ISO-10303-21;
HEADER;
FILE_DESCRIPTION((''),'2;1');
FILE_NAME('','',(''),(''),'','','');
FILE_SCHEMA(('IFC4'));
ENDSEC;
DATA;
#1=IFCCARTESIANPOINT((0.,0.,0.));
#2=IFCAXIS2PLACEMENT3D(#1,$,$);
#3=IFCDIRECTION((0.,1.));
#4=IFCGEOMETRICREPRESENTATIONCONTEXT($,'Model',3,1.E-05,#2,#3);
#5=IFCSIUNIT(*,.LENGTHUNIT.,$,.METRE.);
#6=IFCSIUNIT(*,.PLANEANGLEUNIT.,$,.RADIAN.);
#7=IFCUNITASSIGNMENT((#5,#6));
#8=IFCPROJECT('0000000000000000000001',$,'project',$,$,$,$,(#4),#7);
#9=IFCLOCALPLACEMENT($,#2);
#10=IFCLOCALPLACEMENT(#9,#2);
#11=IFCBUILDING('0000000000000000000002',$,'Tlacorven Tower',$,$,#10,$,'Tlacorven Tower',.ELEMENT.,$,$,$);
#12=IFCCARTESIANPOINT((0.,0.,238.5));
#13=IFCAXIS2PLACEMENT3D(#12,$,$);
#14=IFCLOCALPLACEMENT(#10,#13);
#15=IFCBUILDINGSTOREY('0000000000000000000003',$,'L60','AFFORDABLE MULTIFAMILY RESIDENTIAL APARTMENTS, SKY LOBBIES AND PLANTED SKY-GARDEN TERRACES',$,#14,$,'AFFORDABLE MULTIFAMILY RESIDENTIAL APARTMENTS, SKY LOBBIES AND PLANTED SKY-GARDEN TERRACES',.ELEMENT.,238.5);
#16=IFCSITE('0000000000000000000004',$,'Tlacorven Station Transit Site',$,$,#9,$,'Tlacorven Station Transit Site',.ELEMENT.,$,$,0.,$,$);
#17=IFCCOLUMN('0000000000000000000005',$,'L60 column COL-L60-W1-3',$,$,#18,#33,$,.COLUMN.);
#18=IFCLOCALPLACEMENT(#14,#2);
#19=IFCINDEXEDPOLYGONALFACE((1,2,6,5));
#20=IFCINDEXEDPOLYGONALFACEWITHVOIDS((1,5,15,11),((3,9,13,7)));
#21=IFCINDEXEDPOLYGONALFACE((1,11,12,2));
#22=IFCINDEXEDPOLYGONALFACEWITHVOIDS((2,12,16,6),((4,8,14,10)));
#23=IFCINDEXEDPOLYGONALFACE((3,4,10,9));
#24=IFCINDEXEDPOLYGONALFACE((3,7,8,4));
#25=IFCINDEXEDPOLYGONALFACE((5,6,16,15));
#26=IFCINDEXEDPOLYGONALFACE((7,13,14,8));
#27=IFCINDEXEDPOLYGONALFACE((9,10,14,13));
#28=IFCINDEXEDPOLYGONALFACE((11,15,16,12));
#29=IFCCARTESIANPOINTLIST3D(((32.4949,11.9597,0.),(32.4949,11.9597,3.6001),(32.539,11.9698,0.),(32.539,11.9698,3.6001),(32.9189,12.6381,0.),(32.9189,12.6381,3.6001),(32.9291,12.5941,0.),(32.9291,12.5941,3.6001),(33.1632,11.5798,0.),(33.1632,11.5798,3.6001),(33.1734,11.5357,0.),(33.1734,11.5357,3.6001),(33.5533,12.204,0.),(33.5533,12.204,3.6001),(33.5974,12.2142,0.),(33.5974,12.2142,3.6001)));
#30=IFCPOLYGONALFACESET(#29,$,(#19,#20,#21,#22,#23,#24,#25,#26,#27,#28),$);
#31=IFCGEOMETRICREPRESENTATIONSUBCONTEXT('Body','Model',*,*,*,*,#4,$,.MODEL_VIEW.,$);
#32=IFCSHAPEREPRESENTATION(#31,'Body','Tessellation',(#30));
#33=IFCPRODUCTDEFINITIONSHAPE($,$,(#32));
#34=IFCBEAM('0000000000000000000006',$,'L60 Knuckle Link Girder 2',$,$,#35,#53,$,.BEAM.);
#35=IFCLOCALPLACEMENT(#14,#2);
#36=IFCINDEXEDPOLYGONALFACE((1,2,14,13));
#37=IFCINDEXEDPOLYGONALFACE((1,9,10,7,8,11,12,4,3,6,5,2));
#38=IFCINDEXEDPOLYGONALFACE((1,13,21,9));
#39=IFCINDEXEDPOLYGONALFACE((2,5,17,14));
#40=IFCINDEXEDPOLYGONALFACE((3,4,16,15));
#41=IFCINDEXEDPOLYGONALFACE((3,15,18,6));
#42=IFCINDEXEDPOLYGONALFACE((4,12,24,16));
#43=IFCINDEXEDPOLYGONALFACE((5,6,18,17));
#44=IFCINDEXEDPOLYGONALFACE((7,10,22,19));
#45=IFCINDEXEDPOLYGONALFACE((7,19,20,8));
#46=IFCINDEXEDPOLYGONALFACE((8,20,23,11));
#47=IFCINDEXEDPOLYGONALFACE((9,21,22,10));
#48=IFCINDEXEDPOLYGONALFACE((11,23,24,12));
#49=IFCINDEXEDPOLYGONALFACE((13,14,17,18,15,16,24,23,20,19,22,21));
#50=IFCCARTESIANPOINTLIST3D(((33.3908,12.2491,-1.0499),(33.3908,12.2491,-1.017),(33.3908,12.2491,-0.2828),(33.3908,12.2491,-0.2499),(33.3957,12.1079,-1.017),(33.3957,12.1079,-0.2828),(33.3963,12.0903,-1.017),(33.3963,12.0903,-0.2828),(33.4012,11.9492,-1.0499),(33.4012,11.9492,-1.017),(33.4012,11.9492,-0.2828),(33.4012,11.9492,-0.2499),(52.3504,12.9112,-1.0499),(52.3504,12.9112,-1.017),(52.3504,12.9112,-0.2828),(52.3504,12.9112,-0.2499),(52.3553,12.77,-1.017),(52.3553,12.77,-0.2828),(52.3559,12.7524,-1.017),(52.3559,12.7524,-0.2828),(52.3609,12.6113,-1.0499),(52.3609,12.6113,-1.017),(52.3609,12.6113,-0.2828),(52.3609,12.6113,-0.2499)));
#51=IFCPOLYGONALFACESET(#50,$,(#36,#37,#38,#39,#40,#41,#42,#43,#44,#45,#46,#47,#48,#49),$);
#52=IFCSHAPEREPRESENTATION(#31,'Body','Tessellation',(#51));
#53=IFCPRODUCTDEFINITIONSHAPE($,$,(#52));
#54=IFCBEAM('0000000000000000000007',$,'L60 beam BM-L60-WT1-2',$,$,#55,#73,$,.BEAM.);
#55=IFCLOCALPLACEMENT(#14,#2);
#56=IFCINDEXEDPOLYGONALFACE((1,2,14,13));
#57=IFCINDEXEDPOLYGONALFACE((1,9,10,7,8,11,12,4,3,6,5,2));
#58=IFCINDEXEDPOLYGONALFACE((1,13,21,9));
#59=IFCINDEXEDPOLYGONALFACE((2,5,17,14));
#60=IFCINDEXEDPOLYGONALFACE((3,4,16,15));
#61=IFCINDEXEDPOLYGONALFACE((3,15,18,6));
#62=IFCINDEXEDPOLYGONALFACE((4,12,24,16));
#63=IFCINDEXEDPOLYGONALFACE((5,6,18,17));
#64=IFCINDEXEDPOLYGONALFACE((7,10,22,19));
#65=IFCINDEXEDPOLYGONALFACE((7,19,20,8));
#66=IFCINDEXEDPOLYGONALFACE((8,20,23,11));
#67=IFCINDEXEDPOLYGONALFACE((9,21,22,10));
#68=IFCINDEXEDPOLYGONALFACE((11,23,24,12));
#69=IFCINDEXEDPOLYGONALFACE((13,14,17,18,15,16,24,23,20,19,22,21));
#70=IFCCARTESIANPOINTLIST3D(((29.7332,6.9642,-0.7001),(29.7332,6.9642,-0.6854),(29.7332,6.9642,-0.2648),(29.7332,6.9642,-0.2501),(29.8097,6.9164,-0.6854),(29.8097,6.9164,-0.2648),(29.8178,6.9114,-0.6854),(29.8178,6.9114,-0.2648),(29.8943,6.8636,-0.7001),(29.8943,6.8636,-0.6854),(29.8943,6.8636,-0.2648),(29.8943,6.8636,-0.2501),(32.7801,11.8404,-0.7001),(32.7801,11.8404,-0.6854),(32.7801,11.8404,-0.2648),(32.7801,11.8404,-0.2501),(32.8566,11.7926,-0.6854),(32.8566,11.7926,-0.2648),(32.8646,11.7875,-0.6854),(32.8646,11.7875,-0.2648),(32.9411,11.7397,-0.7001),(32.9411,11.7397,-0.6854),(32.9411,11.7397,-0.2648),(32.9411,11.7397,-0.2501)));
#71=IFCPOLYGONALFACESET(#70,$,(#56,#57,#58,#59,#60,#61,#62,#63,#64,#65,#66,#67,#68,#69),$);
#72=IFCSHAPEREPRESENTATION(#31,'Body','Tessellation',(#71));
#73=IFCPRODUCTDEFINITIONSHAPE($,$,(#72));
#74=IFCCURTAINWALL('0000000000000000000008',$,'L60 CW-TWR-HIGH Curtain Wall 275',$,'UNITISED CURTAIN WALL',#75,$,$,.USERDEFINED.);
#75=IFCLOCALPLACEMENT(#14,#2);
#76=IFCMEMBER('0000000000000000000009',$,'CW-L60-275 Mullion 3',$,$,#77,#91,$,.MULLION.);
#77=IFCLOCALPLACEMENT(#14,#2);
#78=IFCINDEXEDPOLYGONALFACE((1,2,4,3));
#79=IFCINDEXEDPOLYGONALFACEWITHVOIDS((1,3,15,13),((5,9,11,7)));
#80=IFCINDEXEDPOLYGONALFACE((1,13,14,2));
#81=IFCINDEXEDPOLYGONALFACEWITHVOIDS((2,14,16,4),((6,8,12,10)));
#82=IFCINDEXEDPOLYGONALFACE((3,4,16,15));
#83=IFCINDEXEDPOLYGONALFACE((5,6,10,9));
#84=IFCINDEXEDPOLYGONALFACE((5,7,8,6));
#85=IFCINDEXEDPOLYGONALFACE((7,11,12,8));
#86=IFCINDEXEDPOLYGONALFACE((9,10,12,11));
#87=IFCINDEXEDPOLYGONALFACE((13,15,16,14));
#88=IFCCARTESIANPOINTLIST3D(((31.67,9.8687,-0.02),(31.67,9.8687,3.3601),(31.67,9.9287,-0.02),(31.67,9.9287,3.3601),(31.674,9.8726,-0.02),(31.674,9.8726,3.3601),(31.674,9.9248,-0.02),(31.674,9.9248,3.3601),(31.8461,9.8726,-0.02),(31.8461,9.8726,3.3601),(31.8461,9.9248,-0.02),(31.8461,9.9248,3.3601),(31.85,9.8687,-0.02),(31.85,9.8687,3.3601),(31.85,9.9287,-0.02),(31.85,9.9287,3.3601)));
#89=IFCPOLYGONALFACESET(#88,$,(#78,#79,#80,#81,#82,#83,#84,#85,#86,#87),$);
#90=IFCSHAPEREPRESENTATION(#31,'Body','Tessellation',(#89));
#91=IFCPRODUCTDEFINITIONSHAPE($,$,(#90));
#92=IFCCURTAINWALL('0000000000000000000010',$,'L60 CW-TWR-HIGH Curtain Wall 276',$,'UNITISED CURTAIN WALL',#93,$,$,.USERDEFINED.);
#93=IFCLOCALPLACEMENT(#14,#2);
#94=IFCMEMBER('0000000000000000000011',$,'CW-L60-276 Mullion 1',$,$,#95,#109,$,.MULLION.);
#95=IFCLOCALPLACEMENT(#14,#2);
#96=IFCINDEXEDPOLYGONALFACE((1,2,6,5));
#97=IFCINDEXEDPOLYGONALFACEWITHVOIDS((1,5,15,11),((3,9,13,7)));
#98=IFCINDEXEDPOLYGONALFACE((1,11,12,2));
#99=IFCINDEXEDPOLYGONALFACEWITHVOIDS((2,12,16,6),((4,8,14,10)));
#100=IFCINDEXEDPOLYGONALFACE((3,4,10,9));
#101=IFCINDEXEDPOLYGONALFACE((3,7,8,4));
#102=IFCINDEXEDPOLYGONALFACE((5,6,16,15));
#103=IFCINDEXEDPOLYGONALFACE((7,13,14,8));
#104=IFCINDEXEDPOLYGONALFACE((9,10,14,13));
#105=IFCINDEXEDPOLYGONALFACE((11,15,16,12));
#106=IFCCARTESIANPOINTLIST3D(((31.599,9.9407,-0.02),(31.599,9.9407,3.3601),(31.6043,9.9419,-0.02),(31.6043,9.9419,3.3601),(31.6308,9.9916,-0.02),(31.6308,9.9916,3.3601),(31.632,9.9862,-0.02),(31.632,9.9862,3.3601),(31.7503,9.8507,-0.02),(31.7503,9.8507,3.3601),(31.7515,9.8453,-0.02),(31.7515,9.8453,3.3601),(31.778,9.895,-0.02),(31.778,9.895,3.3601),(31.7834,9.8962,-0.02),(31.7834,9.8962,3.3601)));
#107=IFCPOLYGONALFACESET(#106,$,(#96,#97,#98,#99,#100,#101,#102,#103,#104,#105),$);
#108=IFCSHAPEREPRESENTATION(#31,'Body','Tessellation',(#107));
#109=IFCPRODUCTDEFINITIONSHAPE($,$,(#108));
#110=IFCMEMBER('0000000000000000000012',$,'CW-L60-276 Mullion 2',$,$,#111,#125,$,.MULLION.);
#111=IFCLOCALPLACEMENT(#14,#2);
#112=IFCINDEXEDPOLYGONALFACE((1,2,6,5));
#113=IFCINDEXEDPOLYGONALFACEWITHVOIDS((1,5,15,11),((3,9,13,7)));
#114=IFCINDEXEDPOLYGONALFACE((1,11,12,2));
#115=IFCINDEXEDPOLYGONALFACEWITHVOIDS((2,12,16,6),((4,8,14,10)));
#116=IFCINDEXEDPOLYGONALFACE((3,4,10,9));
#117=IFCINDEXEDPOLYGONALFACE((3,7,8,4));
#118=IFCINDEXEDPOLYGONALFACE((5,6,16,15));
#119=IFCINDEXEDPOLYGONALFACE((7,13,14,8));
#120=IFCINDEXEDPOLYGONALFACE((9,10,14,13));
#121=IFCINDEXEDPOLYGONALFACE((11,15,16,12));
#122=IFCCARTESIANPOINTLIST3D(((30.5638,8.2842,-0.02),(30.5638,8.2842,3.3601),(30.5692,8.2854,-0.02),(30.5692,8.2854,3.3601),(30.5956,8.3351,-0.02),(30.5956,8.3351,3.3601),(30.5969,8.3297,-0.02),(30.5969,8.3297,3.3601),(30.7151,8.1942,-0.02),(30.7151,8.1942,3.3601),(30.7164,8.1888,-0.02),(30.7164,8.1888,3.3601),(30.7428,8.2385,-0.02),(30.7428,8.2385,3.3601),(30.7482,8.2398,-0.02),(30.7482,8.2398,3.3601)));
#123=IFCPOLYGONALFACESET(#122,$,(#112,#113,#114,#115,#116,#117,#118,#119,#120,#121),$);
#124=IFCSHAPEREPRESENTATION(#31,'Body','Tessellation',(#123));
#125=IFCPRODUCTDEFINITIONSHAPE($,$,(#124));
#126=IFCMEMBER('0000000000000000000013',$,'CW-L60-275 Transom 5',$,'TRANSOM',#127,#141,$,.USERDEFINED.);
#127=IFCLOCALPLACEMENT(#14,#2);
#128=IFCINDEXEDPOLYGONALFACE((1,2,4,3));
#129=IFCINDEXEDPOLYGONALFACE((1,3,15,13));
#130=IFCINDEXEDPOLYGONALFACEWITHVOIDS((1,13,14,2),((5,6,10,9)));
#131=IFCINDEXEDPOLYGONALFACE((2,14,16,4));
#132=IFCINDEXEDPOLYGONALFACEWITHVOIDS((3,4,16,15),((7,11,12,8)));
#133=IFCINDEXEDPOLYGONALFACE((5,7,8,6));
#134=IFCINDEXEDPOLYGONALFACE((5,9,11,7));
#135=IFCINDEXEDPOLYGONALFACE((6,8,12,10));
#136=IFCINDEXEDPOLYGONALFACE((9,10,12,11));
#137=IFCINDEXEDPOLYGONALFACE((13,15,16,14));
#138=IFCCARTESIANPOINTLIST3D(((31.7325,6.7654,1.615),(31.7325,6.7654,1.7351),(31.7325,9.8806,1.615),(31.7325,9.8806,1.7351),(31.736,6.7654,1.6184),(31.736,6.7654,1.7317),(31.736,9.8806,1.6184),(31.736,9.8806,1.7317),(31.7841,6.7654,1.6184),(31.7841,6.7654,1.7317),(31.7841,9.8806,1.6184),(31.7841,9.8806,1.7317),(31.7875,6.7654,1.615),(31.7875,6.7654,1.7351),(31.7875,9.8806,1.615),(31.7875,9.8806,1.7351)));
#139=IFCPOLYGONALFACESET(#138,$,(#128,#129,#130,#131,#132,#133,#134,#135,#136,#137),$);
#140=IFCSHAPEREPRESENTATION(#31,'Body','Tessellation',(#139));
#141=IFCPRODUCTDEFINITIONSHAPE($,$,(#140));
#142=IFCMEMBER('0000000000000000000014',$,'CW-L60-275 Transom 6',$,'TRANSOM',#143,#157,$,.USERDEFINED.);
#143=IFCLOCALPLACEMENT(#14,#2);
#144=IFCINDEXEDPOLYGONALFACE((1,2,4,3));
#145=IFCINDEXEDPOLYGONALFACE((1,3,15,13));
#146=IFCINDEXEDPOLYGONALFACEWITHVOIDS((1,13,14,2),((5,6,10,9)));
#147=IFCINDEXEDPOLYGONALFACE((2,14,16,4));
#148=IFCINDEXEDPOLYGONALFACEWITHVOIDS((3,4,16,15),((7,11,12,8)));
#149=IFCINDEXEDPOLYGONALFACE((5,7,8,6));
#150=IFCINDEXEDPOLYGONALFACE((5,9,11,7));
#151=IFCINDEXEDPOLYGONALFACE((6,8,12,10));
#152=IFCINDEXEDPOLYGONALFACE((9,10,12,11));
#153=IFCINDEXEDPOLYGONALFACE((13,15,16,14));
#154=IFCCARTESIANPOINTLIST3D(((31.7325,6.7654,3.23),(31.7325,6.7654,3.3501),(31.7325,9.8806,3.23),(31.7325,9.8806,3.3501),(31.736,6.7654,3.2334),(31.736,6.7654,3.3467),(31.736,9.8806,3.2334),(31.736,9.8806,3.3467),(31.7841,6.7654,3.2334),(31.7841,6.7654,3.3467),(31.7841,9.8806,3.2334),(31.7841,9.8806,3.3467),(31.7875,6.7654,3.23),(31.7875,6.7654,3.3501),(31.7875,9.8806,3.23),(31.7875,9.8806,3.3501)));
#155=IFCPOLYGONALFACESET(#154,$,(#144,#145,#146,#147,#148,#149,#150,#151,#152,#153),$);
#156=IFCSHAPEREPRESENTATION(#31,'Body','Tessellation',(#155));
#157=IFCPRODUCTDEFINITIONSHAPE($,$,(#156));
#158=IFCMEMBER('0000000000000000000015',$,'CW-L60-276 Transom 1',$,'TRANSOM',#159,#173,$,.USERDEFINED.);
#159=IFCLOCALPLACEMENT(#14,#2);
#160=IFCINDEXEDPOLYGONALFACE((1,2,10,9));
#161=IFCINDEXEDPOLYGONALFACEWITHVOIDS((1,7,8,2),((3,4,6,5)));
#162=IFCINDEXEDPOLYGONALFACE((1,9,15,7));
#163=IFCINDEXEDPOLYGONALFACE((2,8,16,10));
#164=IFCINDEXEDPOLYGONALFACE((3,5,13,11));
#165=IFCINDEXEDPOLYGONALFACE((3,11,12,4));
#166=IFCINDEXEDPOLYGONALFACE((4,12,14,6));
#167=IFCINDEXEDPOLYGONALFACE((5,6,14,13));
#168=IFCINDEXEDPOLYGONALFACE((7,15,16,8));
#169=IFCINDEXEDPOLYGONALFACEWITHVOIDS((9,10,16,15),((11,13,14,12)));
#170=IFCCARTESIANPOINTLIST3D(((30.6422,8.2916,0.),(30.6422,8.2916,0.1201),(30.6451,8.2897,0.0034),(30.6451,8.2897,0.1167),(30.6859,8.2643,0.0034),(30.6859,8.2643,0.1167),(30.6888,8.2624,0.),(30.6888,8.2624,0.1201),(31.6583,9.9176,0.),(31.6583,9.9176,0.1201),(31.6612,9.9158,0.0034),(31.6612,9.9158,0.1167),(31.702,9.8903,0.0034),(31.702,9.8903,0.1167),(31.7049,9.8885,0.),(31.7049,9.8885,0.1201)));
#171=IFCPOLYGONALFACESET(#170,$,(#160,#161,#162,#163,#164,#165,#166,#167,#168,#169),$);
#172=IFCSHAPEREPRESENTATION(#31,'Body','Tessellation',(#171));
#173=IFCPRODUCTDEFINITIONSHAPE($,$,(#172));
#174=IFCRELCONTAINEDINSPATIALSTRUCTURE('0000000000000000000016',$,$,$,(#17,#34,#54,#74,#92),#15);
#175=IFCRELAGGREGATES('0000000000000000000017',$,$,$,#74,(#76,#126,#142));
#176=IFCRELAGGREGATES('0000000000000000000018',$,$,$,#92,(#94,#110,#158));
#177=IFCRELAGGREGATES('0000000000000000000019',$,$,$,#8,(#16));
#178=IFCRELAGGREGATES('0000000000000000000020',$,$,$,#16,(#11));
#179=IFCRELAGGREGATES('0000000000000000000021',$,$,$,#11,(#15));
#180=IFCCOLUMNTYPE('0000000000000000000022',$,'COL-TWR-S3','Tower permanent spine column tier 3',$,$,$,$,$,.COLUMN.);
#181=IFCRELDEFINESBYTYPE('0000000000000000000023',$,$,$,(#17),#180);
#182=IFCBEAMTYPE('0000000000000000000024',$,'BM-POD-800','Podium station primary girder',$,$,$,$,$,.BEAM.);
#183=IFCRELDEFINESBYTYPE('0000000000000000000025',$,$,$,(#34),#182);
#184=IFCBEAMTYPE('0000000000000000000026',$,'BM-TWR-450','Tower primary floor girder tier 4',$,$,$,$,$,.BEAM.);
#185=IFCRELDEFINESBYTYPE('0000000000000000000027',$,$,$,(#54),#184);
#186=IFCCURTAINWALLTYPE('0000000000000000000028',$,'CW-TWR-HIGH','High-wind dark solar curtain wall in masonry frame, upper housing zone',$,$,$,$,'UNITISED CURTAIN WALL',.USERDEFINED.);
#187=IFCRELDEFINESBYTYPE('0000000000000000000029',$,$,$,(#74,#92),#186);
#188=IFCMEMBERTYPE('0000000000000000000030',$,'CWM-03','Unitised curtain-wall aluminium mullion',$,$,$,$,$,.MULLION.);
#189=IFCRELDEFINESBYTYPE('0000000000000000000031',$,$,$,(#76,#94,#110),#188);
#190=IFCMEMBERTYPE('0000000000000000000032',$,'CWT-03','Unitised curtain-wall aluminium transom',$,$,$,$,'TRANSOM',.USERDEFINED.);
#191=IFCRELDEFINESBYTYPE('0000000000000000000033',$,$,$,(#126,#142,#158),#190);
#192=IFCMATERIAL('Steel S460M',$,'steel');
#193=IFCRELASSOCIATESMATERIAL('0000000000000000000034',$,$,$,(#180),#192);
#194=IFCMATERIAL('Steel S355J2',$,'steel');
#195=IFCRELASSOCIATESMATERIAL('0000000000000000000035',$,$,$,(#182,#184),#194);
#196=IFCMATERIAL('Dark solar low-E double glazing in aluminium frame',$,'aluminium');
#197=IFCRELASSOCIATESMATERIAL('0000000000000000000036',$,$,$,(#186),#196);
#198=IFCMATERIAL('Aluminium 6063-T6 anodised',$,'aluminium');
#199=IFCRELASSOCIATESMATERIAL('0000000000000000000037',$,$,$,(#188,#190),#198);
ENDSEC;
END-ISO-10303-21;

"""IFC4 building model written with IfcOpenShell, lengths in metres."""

from ifc_helpers import new_model, si_unit, direction, frame, origin, origin_2d, place, context, subcontext, project, spatial, hollow_rectangle, i_section, extrude, source, transform, mapped, material, material_profile, profile_set, type_object, element, aggregate, save


model = new_model("IFC4")

# Units and contexts
model_context = context("Model", 3, precision=1e-05, world=origin(), true_north=direction((0.0, 1.0)))
body_context = subcontext(model_context, "Body", "Model", "MODEL_VIEW")
ifc_project = project(units=[si_unit("LENGTHUNIT", "METRE"), si_unit("PLANEANGLEUNIT", "RADIAN")], contexts=[model_context])

# Site, building, storey
site_placement = place(None, origin())
site = spatial("IfcSite", under=ifc_project, at=site_placement, Name="Tlacorven Station Transit Site", LongName="Tlacorven Station Transit Site", CompositionType="ELEMENT", RefElevation=0.0)
building_placement = place(site_placement, origin())
building = spatial("IfcBuilding", under=site, at=building_placement, Name="Tlacorven Tower", LongName="Tlacorven Tower", CompositionType="ELEMENT")
storey_placement = place(building_placement, frame((0.0, 0.0, 238.5)))
storey = spatial("IfcBuildingStorey", under=building, at=storey_placement, Name="L60", Description="AFFORDABLE MULTIFAMILY RESIDENTIAL APARTMENTS, SKY LOBBIES AND PLANTED SKY-GARDEN TERRACES", LongName="AFFORDABLE MULTIFAMILY RESIDENTIAL APARTMENTS, SKY LOBBIES AND PLANTED SKY-GARDEN TERRACES", CompositionType="ELEMENT", Elevation=238.5)

# Column
ifc_material_1 = material(Name="Steel S460M", Category="steel")
ifc_material_profile_1 = material_profile(ifc_material_1, hollow_rectangle(XDim=0.8, YDim=0.8, WallThickness=0.032, at=origin_2d()), Name="BOX 800X800X32")
ifc_profile_set_1 = profile_set([ifc_material_profile_1], Name="Steel S460M")
column_type = type_object("IfcColumnType", Name="COL-TWR-S3", Description="Tower permanent spine column tier 3", PredefinedType="COLUMN", material=ifc_profile_set_1)
shared_shape_1 = source(origin(), body_context, "Body", "SweptSolid", [
    extrude(hollow_rectangle(XDim=0.8, YDim=0.8, WallThickness=0.032, at=origin_2d()), origin(), (0.0, 0.0, 1.0), 3.6001),
])
column_placement = place(storey_placement, frame((33.0461, 12.0869, 0.0), z_axis=(0.0, 0.0, 1.0), x_axis=(-0.848048, 0.529919, 0.0)))
element("IfcColumn", 1, at=column_placement, inside=storey, type_object=column_type, Name="L60 column COL-L60-W1-3", PredefinedType="COLUMN", context=body_context, shape_type="MappedRepresentation", body=[
    mapped(shared_shape_1, transform((0.0, 0.0, 0.0), scale=1.0)),
])

# Beams
ifc_material_2 = material(Name="Steel S355J2", Category="steel")
ifc_material_profile_2 = material_profile(ifc_material_2, i_section(OverallWidth=0.3, OverallDepth=0.8, WebThickness=0.0176, FlangeThickness=0.033, at=origin_2d()), Name="HEB 800")
ifc_profile_set_2 = profile_set([ifc_material_profile_2], Name="Steel S355J2")
beam_type_1 = type_object("IfcBeamType", Name="BM-POD-800", Description="Podium station primary girder", PredefinedType="BEAM", material=ifc_profile_set_2)
shared_shape_2 = source(origin(), body_context, "Body", "SweptSolid", [
    extrude(i_section(OverallWidth=0.3, OverallDepth=0.8, WebThickness=0.0176, FlangeThickness=0.033, at=origin_2d()), origin(), (0.0, 0.0, 1.0), 18.9712),
])
beam_1_placement = place(storey_placement, frame((33.396, 12.0991, -0.6499), z_axis=(0.999391, 0.034901, 0.0), x_axis=(-0.034901, 0.999391, 0.0)))
element("IfcBeam", 2, at=beam_1_placement, inside=storey, type_object=beam_type_1, Name="L60 Knuckle Link Girder 2", PredefinedType="BEAM", context=body_context, shape_type="MappedRepresentation", body=[
    mapped(shared_shape_2, transform((0.0, 0.0, 0.0), scale=1.0)),
])
ifc_material_profile_3 = material_profile(ifc_material_2, i_section(OverallWidth=0.1899, OverallDepth=0.45, WebThickness=0.0095, FlangeThickness=0.0146, at=origin_2d()), Name="IPE 450")
ifc_profile_set_3 = profile_set([ifc_material_profile_3], Name="Steel S355J2")
beam_type_2 = type_object("IfcBeamType", Name="BM-TWR-450", Description="Tower primary floor girder tier 4", PredefinedType="BEAM", material=ifc_profile_set_3)
shared_shape_3 = source(origin(), body_context, "Body", "SweptSolid", [
    extrude(i_section(OverallWidth=0.1899, OverallDepth=0.45, WebThickness=0.0095, FlangeThickness=0.0146, at=origin_2d()), origin(), (0.0, 0.0, 1.0), 5.7498),
])
beam_2_placement = place(storey_placement, frame((32.8606, 11.79, -0.4751), z_axis=(-0.529904, -0.848058, 0.0), x_axis=(0.848058, -0.529904, 0.0)))
element("IfcBeam", 3, at=beam_2_placement, inside=storey, type_object=beam_type_2, Name="L60 beam BM-L60-WT1-2", PredefinedType="BEAM", context=body_context, shape_type="MappedRepresentation", body=[
    mapped(shared_shape_3, transform((0.0, 0.0, 0.0), scale=1.0)),
])

# Curtain wall, member
ifc_material_3 = material(Name="Dark solar low-E double glazing in aluminium frame", Category="aluminium")
curtain_wall_type = type_object("IfcCurtainWallType", Name="CW-TWR-HIGH", Description="High-wind dark solar curtain wall in masonry frame, upper housing zone", ElementType="UNITISED CURTAIN WALL", PredefinedType="USERDEFINED", material=ifc_material_3)
curtain_wall_1_placement = place(storey_placement, origin())
curtain_wall_1 = element("IfcCurtainWall", 4, at=curtain_wall_1_placement, inside=storey, type_object=curtain_wall_type, Name="L60 CW-TWR-HIGH Curtain Wall 275", ObjectType="UNITISED CURTAIN WALL", PredefinedType="USERDEFINED")
ifc_material_4 = material(Name="Aluminium 6063-T6 anodised", Category="aluminium")
ifc_material_profile_4 = material_profile(ifc_material_4, hollow_rectangle(XDim=0.0601, YDim=0.1799, WallThickness=0.0039, at=origin_2d()), Name="ALU MULLION 60X180")
ifc_profile_set_4 = profile_set([ifc_material_profile_4], Name="Aluminium 6063-T6 anodised")
member_type_1 = type_object("IfcMemberType", Name="CWM-03", Description="Unitised curtain-wall aluminium mullion", PredefinedType="MULLION", material=ifc_profile_set_4)
shared_shape_4 = source(origin(), body_context, "Body", "SweptSolid", [
    extrude(hollow_rectangle(XDim=0.0601, YDim=0.1799, WallThickness=0.0039, at=origin_2d()), origin(), (0.0, 0.0, 1.0), 3.3801),
])
member_1_placement = place(storey_placement, frame((31.76, 9.8987, -0.02), z_axis=(0.0, 0.0, 1.0), x_axis=(0.0, 1.0, 0.0)))
member_1 = element("IfcMember", 5, at=member_1_placement, type_object=member_type_1, Name="CW-L60-275 Mullion 3", PredefinedType="MULLION", context=body_context, shape_type="MappedRepresentation", body=[
    mapped(shared_shape_4, transform((0.0, 0.0, 0.0), scale=1.0)),
])

# Curtain wall, members
curtain_wall_2_placement = place(storey_placement, origin())
curtain_wall_2 = element("IfcCurtainWall", 6, at=curtain_wall_2_placement, inside=storey, type_object=curtain_wall_type, Name="L60 CW-TWR-HIGH Curtain Wall 276", ObjectType="UNITISED CURTAIN WALL", PredefinedType="USERDEFINED")
member_2_placement = place(storey_placement, frame((31.6912, 9.9185, -0.02), z_axis=(0.0, 0.0, 1.0), x_axis=(-0.529919, -0.848048, 0.0)))
member_2 = element("IfcMember", 7, at=member_2_placement, type_object=member_type_1, Name="CW-L60-276 Mullion 1", PredefinedType="MULLION", context=body_context, shape_type="MappedRepresentation", body=[
    mapped(shared_shape_4, transform((0.0, 0.0, 0.0), scale=1.0)),
])
member_3_placement = place(storey_placement, frame((30.656, 8.262, -0.02), z_axis=(0.0, 0.0, 1.0), x_axis=(-0.529919, -0.848048, 0.0)))
member_3 = element("IfcMember", 8, at=member_3_placement, type_object=member_type_1, Name="CW-L60-276 Mullion 2", PredefinedType="MULLION", context=body_context, shape_type="MappedRepresentation", body=[
    mapped(shared_shape_4, transform((0.0, 0.0, 0.0), scale=1.0)),
])

# Members
ifc_material_profile_5 = material_profile(ifc_material_4, hollow_rectangle(XDim=0.0549, YDim=0.1201, WallThickness=0.0034, at=origin_2d()), Name="ALU TRANSOM 55X120")
ifc_profile_set_5 = profile_set([ifc_material_profile_5], Name="Aluminium 6063-T6 anodised")
member_type_2 = type_object("IfcMemberType", Name="CWT-03", Description="Unitised curtain-wall aluminium transom", ElementType="TRANSOM", PredefinedType="USERDEFINED", material=ifc_profile_set_5)
shared_shape_5 = source(origin(), body_context, "Body", "SweptSolid", [
    extrude(hollow_rectangle(XDim=0.0549, YDim=0.1201, WallThickness=0.0034, at=origin_2d()), origin(), (0.0, 0.0, 1.0), 3.1152),
])
member_4_placement = place(storey_placement, frame((31.76, 6.7654, 1.675), z_axis=(0.0, 1.0, 0.0), x_axis=(-1.0, 0.0, 0.0)))
member_4 = element("IfcMember", 9, at=member_4_placement, type_object=member_type_2, Name="CW-L60-275 Transom 5", ObjectType="TRANSOM", PredefinedType="USERDEFINED", context=body_context, shape_type="MappedRepresentation", body=[
    mapped(shared_shape_5, transform((0.0, 0.0, 0.0), scale=1.0)),
])
member_5_placement = place(storey_placement, frame((31.76, 6.7654, 3.29), z_axis=(0.0, 1.0, 0.0), x_axis=(-1.0, 0.0, 0.0)))
member_5 = element("IfcMember", 10, at=member_5_placement, type_object=member_type_2, Name="CW-L60-275 Transom 6", ObjectType="TRANSOM", PredefinedType="USERDEFINED", context=body_context, shape_type="MappedRepresentation", body=[
    mapped(shared_shape_5, transform((0.0, 0.0, 0.0), scale=1.0)),
])
shared_shape_6 = source(origin(), body_context, "Body", "SweptSolid", [
    extrude(hollow_rectangle(XDim=0.0549, YDim=0.1201, WallThickness=0.0034, at=origin_2d()), origin(), (0.0, 0.0, 1.0), 1.9175),
])
member_6_placement = place(storey_placement, frame((31.6816, 9.9031, 0.0601), z_axis=(-0.529953, -0.848027, 0.0), x_axis=(0.848027, -0.529953, 0.0)))
member_6 = element("IfcMember", 11, at=member_6_placement, type_object=member_type_2, Name="CW-L60-276 Transom 1", ObjectType="TRANSOM", PredefinedType="USERDEFINED", context=body_context, shape_type="MappedRepresentation", body=[
    mapped(shared_shape_6, transform((0.0, 0.0, 0.0), scale=1.0)),
])

aggregate(curtain_wall_1, [member_1, member_4, member_5])
aggregate(curtain_wall_2, [member_2, member_3, member_6])

save(model, "model.ifc")
